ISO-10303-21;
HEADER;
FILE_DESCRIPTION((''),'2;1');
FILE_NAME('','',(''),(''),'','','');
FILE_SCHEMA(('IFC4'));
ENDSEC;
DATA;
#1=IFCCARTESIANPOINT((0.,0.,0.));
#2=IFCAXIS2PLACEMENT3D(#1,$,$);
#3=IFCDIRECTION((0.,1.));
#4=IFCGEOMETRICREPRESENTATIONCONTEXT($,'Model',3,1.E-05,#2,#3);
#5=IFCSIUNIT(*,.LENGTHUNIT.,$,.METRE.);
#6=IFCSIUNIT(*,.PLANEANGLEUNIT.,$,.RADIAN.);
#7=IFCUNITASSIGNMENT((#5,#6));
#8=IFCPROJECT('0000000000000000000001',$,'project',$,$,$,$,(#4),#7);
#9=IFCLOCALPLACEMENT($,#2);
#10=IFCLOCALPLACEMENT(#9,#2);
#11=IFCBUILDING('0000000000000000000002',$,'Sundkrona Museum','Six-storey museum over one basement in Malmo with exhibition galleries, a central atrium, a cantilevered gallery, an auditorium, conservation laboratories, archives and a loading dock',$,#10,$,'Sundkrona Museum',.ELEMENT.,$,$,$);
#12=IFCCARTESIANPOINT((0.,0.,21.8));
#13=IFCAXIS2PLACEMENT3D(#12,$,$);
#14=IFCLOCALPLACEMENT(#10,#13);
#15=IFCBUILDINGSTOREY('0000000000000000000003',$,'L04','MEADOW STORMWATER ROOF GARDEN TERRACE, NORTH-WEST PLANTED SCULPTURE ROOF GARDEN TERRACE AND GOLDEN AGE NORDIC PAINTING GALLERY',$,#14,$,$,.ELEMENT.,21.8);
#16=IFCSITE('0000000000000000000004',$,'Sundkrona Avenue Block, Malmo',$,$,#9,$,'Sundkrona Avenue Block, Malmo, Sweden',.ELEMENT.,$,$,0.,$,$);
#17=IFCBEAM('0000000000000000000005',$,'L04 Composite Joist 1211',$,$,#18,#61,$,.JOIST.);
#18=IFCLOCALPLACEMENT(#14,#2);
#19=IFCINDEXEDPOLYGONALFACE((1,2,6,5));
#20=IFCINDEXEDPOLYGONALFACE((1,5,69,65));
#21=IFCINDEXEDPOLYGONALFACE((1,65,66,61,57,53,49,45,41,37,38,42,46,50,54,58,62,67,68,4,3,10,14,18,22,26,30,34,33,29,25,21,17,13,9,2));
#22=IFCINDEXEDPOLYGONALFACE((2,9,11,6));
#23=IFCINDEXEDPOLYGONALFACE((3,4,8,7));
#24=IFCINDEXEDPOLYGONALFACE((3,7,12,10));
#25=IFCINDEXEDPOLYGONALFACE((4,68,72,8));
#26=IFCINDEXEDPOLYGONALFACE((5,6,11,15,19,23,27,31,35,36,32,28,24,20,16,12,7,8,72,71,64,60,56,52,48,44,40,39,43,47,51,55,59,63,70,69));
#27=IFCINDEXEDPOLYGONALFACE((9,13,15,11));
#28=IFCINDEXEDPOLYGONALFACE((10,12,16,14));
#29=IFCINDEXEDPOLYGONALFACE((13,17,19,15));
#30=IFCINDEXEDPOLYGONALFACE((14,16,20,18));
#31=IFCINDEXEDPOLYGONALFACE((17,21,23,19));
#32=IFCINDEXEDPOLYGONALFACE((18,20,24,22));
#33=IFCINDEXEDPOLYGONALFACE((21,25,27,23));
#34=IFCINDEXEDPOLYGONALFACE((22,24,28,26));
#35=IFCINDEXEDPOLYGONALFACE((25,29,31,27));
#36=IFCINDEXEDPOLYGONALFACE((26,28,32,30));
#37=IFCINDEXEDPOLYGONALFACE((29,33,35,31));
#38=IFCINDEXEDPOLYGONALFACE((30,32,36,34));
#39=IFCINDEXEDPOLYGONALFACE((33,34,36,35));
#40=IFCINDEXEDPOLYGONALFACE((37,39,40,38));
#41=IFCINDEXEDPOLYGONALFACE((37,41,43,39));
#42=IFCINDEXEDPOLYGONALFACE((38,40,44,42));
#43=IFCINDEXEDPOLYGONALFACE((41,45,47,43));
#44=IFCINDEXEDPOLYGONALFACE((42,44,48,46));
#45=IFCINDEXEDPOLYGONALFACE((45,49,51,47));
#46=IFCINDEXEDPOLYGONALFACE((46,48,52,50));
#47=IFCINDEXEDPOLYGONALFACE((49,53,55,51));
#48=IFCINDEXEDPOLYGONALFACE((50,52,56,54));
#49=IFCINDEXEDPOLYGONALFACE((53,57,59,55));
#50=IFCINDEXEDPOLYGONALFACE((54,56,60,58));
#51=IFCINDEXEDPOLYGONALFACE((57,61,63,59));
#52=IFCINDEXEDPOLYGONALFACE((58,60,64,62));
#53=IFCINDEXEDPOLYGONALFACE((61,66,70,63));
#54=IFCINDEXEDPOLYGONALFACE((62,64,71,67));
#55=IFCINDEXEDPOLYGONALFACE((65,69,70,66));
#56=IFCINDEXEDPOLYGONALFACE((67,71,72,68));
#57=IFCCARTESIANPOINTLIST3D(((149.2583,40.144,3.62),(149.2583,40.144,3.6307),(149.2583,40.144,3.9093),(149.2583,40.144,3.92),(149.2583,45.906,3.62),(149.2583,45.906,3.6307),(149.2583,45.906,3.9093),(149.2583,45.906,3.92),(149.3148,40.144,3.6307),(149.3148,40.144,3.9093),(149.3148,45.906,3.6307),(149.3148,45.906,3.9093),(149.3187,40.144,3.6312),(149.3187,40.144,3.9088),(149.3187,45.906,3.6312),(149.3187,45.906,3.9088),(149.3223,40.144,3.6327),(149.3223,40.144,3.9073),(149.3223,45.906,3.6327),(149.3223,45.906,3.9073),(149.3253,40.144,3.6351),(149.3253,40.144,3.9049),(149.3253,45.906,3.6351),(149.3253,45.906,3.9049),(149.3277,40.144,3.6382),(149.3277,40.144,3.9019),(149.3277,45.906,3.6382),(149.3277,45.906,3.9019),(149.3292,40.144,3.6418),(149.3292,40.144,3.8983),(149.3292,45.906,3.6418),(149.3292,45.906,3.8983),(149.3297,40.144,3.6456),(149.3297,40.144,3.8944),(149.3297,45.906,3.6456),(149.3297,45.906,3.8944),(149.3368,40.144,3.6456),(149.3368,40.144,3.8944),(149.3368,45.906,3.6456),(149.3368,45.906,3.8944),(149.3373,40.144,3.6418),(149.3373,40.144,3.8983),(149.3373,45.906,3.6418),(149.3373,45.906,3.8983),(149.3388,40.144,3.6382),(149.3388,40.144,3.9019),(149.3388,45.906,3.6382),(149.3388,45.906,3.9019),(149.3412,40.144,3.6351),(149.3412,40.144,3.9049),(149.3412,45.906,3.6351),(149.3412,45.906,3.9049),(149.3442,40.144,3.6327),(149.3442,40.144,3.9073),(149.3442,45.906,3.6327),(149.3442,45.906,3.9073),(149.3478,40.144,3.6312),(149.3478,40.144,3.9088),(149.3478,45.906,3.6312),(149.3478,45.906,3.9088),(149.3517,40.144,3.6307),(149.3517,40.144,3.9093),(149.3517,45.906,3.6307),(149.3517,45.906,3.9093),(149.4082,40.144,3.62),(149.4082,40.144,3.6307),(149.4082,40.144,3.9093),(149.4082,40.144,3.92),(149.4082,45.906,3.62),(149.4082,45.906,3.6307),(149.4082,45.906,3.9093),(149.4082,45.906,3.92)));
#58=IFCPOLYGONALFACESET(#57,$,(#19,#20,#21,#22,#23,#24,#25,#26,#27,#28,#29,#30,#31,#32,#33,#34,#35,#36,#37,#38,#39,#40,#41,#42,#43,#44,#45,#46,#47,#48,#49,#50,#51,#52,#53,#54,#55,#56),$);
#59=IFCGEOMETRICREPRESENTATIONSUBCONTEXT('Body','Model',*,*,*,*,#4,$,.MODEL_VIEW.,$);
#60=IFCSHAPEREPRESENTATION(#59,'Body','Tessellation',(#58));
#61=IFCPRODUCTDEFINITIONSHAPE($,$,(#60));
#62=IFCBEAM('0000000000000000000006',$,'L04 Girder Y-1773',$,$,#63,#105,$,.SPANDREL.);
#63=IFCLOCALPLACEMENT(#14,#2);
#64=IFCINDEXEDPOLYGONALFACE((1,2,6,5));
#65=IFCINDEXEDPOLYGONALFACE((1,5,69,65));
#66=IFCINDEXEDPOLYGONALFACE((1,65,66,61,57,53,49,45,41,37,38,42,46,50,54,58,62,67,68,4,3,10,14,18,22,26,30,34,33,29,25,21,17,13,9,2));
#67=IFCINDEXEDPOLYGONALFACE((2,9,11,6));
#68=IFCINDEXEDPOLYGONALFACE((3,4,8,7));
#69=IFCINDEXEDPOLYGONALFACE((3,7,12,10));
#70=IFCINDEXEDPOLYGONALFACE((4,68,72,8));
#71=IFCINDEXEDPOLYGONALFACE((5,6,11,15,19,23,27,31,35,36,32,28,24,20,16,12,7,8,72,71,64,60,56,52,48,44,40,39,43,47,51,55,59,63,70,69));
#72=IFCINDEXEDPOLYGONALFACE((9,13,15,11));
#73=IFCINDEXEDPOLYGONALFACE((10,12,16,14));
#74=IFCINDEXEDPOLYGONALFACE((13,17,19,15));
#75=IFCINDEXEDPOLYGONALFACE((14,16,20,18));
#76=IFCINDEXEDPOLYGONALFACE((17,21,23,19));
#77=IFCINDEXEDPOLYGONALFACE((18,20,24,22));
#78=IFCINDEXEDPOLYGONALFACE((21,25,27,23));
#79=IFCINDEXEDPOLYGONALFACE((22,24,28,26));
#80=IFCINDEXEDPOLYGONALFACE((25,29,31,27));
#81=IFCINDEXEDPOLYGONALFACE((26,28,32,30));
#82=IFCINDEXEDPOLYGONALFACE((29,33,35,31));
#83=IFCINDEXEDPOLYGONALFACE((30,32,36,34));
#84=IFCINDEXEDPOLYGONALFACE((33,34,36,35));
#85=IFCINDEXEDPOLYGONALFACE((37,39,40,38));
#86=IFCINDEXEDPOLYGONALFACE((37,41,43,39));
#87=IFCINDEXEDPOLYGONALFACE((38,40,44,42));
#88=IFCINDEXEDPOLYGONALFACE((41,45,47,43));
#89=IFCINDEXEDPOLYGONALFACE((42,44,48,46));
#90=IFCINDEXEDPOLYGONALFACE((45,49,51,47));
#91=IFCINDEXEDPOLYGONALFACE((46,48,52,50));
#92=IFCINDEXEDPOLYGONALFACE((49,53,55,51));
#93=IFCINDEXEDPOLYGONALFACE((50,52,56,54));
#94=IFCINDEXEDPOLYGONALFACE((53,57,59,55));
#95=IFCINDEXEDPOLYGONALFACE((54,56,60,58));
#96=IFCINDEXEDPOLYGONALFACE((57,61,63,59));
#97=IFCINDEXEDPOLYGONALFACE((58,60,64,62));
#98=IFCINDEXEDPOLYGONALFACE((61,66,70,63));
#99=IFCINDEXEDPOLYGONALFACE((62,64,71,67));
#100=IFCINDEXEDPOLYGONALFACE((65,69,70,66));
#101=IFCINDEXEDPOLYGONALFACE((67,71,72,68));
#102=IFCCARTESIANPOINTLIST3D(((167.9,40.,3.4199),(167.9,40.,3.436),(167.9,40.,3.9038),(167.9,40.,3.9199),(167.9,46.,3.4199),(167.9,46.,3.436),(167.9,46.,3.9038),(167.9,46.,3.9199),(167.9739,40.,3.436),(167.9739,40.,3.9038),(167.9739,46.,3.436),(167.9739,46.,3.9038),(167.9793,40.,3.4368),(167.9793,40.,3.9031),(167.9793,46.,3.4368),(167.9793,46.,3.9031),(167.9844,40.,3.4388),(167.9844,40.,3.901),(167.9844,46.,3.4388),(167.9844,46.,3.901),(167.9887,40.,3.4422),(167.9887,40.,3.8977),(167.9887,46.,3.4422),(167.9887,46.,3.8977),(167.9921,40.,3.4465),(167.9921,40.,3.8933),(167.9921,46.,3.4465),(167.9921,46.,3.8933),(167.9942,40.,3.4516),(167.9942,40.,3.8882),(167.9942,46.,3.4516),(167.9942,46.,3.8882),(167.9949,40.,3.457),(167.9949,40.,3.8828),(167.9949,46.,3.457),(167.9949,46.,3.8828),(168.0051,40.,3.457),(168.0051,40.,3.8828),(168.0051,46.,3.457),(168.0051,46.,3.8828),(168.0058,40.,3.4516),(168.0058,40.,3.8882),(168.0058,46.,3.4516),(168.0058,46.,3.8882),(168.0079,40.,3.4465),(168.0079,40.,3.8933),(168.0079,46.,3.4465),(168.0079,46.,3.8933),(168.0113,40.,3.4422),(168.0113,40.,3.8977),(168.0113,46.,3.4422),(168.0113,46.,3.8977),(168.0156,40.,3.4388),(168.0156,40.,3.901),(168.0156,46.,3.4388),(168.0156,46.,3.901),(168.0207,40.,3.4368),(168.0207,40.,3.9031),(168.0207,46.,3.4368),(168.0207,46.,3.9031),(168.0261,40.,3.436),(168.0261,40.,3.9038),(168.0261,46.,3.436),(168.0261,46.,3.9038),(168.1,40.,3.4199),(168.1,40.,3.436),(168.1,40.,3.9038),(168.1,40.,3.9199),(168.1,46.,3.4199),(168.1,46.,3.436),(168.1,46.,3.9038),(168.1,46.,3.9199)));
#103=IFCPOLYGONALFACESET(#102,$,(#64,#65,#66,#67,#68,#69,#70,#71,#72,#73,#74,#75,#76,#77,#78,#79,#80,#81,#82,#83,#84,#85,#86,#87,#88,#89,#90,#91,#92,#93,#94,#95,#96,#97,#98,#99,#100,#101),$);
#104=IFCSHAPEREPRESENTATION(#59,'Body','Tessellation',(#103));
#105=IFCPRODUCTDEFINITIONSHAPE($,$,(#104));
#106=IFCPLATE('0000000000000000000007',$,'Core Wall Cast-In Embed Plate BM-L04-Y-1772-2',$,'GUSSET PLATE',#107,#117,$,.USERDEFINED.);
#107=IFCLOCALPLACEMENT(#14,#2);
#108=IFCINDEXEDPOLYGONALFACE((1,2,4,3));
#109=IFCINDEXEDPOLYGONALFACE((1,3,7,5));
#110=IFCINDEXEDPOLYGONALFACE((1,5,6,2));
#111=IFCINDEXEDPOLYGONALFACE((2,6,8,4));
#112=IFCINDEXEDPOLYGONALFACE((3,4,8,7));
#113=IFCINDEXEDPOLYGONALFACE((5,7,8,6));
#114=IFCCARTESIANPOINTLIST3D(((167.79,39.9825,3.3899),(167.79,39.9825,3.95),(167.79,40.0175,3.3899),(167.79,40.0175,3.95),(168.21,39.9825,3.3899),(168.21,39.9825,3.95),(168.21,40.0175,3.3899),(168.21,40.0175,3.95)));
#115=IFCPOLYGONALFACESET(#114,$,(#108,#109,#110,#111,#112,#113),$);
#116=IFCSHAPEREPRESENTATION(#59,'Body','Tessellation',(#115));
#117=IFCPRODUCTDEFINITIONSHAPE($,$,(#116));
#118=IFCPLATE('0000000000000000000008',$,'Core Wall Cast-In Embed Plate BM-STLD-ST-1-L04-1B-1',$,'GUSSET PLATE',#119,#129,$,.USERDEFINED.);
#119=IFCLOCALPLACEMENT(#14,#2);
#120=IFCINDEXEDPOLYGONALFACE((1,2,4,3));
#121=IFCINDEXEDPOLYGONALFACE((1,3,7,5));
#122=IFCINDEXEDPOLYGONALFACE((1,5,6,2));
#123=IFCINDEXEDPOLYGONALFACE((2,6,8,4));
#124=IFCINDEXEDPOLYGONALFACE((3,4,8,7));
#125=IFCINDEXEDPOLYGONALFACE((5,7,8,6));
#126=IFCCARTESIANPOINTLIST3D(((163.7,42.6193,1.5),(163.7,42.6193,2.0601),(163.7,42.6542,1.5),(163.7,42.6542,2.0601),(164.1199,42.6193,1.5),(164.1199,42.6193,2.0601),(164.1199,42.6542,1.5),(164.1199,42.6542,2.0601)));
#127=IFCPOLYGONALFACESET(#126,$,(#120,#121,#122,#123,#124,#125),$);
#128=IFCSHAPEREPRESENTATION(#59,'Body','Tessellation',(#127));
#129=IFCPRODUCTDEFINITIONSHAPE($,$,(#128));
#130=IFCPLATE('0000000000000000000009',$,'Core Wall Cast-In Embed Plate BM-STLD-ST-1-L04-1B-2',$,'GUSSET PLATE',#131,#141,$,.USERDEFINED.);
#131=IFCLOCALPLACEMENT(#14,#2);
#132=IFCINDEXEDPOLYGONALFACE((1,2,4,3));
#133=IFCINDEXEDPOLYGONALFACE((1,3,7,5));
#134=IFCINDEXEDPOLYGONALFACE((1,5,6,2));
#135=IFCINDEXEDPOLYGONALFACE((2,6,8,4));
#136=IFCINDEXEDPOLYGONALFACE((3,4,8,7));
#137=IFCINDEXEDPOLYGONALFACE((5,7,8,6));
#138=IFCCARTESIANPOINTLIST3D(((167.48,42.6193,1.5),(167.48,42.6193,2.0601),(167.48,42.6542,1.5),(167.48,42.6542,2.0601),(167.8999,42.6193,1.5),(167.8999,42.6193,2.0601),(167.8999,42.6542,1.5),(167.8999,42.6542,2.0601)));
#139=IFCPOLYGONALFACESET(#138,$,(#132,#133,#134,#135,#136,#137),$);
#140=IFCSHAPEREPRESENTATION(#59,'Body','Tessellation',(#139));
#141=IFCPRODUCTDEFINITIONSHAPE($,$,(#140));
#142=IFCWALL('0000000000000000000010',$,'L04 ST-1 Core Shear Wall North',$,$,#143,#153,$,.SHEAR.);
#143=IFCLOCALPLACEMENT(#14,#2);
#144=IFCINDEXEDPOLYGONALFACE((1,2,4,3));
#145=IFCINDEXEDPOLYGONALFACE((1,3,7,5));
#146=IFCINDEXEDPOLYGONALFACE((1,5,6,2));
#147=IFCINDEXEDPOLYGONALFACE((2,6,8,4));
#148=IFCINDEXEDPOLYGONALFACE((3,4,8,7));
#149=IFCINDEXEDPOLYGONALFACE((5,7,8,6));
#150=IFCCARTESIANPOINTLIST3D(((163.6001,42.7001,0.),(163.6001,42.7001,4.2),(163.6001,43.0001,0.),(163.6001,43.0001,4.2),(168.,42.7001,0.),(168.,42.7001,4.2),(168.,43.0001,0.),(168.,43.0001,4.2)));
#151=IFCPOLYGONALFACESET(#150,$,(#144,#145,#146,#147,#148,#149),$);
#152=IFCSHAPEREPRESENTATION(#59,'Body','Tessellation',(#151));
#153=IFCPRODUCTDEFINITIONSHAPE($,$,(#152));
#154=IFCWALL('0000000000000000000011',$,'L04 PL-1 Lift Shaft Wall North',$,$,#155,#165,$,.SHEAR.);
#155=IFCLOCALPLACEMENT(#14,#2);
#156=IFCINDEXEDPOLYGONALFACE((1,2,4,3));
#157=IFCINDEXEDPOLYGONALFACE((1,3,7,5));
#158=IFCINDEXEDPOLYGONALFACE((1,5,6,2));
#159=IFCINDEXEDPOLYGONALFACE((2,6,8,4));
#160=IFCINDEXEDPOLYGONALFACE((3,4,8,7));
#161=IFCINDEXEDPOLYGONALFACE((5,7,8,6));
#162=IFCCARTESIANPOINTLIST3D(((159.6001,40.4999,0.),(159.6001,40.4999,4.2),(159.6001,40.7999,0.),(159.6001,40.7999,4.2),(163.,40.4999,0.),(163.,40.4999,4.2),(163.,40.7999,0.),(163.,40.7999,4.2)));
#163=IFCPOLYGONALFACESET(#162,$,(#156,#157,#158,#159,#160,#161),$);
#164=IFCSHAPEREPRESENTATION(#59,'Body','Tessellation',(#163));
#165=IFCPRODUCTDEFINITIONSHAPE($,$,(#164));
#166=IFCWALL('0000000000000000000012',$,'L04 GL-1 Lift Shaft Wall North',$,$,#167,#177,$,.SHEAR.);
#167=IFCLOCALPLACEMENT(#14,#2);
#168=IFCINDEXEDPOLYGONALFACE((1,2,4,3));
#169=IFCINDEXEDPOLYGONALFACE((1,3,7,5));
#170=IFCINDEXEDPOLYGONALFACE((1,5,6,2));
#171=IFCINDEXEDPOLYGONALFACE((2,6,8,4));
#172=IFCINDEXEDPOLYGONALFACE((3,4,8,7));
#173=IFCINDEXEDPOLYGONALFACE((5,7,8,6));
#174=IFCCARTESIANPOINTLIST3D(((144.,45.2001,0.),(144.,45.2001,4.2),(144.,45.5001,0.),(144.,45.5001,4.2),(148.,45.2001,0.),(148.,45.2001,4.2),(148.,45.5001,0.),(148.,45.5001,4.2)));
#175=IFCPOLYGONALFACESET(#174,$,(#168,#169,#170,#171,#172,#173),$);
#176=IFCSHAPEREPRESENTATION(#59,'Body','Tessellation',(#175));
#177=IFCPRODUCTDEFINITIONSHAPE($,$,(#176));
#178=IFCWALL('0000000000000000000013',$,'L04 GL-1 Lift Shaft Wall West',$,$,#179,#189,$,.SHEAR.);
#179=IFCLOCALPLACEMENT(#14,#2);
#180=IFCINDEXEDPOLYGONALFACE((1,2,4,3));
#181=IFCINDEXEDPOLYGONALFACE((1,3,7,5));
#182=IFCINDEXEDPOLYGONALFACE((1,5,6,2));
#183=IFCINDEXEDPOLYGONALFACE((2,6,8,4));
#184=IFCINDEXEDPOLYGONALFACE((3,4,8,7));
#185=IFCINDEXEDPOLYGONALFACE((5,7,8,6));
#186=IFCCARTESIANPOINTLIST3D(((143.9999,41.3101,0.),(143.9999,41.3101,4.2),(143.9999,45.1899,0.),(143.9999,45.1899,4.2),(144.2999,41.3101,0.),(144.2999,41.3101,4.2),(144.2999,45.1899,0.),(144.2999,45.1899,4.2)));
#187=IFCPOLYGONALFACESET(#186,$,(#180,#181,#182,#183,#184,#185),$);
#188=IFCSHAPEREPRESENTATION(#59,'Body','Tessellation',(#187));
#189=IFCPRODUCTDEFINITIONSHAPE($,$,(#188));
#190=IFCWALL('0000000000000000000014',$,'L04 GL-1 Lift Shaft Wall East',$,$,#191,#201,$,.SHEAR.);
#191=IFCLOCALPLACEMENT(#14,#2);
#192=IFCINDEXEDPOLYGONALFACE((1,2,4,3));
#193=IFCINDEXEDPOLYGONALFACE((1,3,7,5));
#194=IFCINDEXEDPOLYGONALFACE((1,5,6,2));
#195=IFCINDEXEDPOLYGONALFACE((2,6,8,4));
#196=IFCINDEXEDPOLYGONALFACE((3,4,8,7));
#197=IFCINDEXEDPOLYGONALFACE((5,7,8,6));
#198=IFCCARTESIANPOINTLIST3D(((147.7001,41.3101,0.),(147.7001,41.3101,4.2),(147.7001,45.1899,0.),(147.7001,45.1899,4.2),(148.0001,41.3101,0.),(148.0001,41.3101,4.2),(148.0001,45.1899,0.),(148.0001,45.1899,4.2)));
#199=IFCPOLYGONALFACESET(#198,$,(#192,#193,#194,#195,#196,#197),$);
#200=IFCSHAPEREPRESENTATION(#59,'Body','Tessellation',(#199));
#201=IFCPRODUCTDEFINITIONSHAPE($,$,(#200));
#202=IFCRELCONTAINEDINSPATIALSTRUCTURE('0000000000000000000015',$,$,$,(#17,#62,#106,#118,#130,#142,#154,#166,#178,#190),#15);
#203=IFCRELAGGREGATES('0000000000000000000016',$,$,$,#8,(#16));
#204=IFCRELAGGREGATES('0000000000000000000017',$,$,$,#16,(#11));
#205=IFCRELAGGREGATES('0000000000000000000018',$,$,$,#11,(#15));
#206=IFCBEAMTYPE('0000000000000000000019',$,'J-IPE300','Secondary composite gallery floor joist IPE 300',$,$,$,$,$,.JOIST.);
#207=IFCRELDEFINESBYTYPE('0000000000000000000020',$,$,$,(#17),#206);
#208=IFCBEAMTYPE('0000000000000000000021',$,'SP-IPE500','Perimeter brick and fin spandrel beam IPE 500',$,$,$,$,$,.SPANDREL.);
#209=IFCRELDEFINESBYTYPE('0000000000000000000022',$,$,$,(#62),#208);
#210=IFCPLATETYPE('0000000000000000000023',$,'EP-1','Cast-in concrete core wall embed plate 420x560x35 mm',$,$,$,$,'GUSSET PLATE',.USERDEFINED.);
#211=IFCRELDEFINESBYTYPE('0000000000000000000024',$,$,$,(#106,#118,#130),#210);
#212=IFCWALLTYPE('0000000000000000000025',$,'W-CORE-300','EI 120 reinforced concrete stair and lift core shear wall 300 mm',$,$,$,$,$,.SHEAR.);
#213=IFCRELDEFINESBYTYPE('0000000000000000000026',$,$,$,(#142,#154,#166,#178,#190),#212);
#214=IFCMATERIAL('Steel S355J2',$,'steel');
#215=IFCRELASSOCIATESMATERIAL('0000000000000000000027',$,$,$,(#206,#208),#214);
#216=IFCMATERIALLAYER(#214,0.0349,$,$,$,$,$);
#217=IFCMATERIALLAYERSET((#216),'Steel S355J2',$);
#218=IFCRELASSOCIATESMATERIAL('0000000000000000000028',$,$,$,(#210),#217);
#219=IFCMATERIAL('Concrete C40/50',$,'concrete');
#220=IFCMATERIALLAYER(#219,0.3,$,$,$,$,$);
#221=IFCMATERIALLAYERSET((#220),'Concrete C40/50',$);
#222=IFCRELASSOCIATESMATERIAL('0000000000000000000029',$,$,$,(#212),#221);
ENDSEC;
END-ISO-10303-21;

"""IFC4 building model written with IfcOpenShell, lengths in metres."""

from ifc_helpers import new_model, si_unit, direction, frame, frame_2d, origin, origin_2d, place, context, subcontext, project, spatial, rectangle, i_section, extrude, material, layer, layer_set, material_profile, profile_set, type_object, element, save


model = new_model("IFC4")

# Units and contexts
model_context = context("Model", 3, precision=1e-05, world=origin(), true_north=direction((0.0, 1.0)))
body_context = subcontext(model_context, "Body", "Model", "MODEL_VIEW")
ifc_project = project(units=[si_unit("LENGTHUNIT", "METRE"), si_unit("PLANEANGLEUNIT", "RADIAN")], contexts=[model_context])

# Site, building, storey
site_placement = place(None, origin())
site = spatial("IfcSite", under=ifc_project, at=site_placement, Name="Sundkrona Avenue Block, Malmo", LongName="Sundkrona Avenue Block, Malmo, Sweden", CompositionType="ELEMENT", RefElevation=0.0)
building_placement = place(site_placement, origin())
building = spatial("IfcBuilding", under=site, at=building_placement, Name="Sundkrona Museum", Description="Six-storey museum over one basement in Malmo with exhibition galleries, a central atrium, a cantilevered gallery, an auditorium, conservation laboratories, archives and a loading dock", LongName="Sundkrona Museum", CompositionType="ELEMENT")
storey_placement = place(building_placement, frame((0.0, 0.0, 21.8)))
storey = spatial("IfcBuildingStorey", under=building, at=storey_placement, Name="L04", Description="MEADOW STORMWATER ROOF GARDEN TERRACE, NORTH-WEST PLANTED SCULPTURE ROOF GARDEN TERRACE AND GOLDEN AGE NORDIC PAINTING GALLERY", CompositionType="ELEMENT", Elevation=21.8)

# Shared definitions
ifc_material_1 = material(Name="Steel S355J2", Category="steel")

# Beams
ifc_material_profile_1 = material_profile(ifc_material_1, i_section(OverallWidth=0.1499, OverallDepth=0.3, WebThickness=0.0071, FlangeThickness=0.0107, FilletRadius=0.0149, at=origin_2d()), Name="IPE 300")
ifc_profile_set_1 = profile_set([ifc_material_profile_1], Name="Steel S355J2")
beam_type_1 = type_object("IfcBeamType", Name="J-IPE300", Description="Secondary composite gallery floor joist IPE 300", PredefinedType="JOIST", material=ifc_profile_set_1)
beam_1_placement = place(storey_placement, frame((149.3333, 40.144, 3.77), z_axis=(0.0, 1.0, 0.0), x_axis=(-1.0, 0.0, 0.0)))
element("IfcBeam", 1, at=beam_1_placement, inside=storey, type_object=beam_type_1, Name="L04 Composite Joist 1211", PredefinedType="JOIST", context=body_context, shape_type="SweptSolid", body=[
    extrude(i_section(OverallWidth=0.1499, OverallDepth=0.3, WebThickness=0.0071, FlangeThickness=0.0107, FilletRadius=0.0149, at=origin_2d()), origin(), (0.0, 0.0, 1.0), 5.762),
])
ifc_material_profile_2 = material_profile(ifc_material_1, i_section(OverallWidth=0.2, OverallDepth=0.5, WebThickness=0.0103, FlangeThickness=0.0161, FilletRadius=0.021, at=origin_2d()), Name="IPE 500")
ifc_profile_set_2 = profile_set([ifc_material_profile_2], Name="Steel S355J2")
beam_type_2 = type_object("IfcBeamType", Name="SP-IPE500", Description="Perimeter brick and fin spandrel beam IPE 500", PredefinedType="SPANDREL", material=ifc_profile_set_2)
beam_2_placement = place(storey_placement, frame((168.0, 40.0, 3.6699), z_axis=(0.0, 1.0, 0.0), x_axis=(-1.0, 0.0, 0.0)))
element("IfcBeam", 2, at=beam_2_placement, inside=storey, type_object=beam_type_2, Name="L04 Girder Y-1773", PredefinedType="SPANDREL", context=body_context, shape_type="SweptSolid", body=[
    extrude(i_section(OverallWidth=0.2, OverallDepth=0.5, WebThickness=0.0103, FlangeThickness=0.0161, FilletRadius=0.021, at=origin_2d()), origin(), (0.0, 0.0, 1.0), 6.0),
])

# Plates
ifc_layer_1 = layer(ifc_material_1, 0.0349)
ifc_layer_set_1 = layer_set([ifc_layer_1], Name="Steel S355J2")
plate_type = type_object("IfcPlateType", Name="EP-1", Description="Cast-in concrete core wall embed plate 420x560x35 mm", ElementType="GUSSET PLATE", PredefinedType="USERDEFINED", material=ifc_layer_set_1)
for number, where, z_axis, x_axis, name in (
    (3, (168.0, 40.0, 3.3899), (0.0, 0.0, 1.0), (1.0, 0.0, 0.0), "Core Wall Cast-In Embed Plate BM-L04-Y-1772-2"),
    (4, (163.9099, 42.6367, 1.5), (0.0, 0.0, 1.0), (1.0, 0.0, 0.0), "Core Wall Cast-In Embed Plate BM-STLD-ST-1-L04-1B-1"),
    (5, (167.6899, 42.6367, 1.5), (0.0, 0.0, 1.0), (1.0, 0.0, 0.0), "Core Wall Cast-In Embed Plate BM-STLD-ST-1-L04-1B-2"),
):
    element("IfcPlate", number, at=place(storey_placement, frame(where, z_axis=z_axis, x_axis=x_axis)), inside=storey, type_object=plate_type, Name=name, ObjectType="GUSSET PLATE", PredefinedType="USERDEFINED", context=body_context, shape_type="SweptSolid", body=[
        extrude(rectangle(XDim=0.4199, YDim=0.0349, at=origin_2d()), origin(), (0.0, 0.0, 1.0), 0.5601),
    ])

# Walls
ifc_material_2 = material(Name="Concrete C40/50", Category="concrete")
ifc_layer_2 = layer(ifc_material_2, 0.3)
ifc_layer_set_2 = layer_set([ifc_layer_2], Name="Concrete C40/50")
wall_type_1 = type_object("IfcWallType", Name="W-CORE-300", Description="EI 120 reinforced concrete stair and lift core shear wall 300 mm", PredefinedType="SHEAR", material=ifc_layer_set_2)
wall_1_placement = place(storey_placement, frame((163.6001, 42.8501, 0.0), z_axis=(0.0, 0.0, 1.0), x_axis=(1.0, 0.0, 0.0)))
element("IfcWall", 6, at=wall_1_placement, inside=storey, type_object=wall_type_1, Name="L04 ST-1 Core Shear Wall North", PredefinedType="SHEAR", context=body_context, shape_type="SweptSolid", body=[
    extrude(rectangle(XDim=4.3999, YDim=0.3, at=frame_2d((2.2, 0.0))), origin(), (0.0, 0.0, 1.0), 4.2),
])
wall_2_placement = place(storey_placement, frame((159.6001, 40.6499, 0.0), z_axis=(0.0, 0.0, 1.0), x_axis=(1.0, 0.0, 0.0)))
element("IfcWall", 7, at=wall_2_placement, inside=storey, type_object=wall_type_1, Name="L04 PL-1 Lift Shaft Wall North", PredefinedType="SHEAR", context=body_context, shape_type="SweptSolid", body=[
    extrude(rectangle(XDim=3.3999, YDim=0.3, at=frame_2d((1.7, 0.0))), origin(), (0.0, 0.0, 1.0), 4.2),
])
wall_3_placement = place(storey_placement, frame((144.0, 45.3501, 0.0), z_axis=(0.0, 0.0, 1.0), x_axis=(1.0, 0.0, 0.0)))
element("IfcWall", 8, at=wall_3_placement, inside=storey, type_object=wall_type_1, Name="L04 GL-1 Lift Shaft Wall North", PredefinedType="SHEAR", context=body_context, shape_type="SweptSolid", body=[
    extrude(rectangle(XDim=4.0, YDim=0.3, at=frame_2d((2.0, 0.0))), origin(), (0.0, 0.0, 1.0), 4.2),
])
for number, where, z_axis, x_axis, name in (
    (9, (144.1499, 41.3101, 0.0), (0.0, 0.0, 1.0), (0.0, 1.0, 0.0), "L04 GL-1 Lift Shaft Wall West"),
    (10, (147.8501, 41.3101, 0.0), (0.0, 0.0, 1.0), (0.0, 1.0, 0.0), "L04 GL-1 Lift Shaft Wall East"),
):
    element("IfcWall", number, at=place(storey_placement, frame(where, z_axis=z_axis, x_axis=x_axis)), inside=storey, type_object=wall_type_1, Name=name, PredefinedType="SHEAR", context=body_context, shape_type="SweptSolid", body=[
        extrude(rectangle(XDim=3.8799, YDim=0.3, at=frame_2d((1.9399, 0.0))), origin(), (0.0, 0.0, 1.0), 4.2),
    ])

save(model, "model.ifc")
